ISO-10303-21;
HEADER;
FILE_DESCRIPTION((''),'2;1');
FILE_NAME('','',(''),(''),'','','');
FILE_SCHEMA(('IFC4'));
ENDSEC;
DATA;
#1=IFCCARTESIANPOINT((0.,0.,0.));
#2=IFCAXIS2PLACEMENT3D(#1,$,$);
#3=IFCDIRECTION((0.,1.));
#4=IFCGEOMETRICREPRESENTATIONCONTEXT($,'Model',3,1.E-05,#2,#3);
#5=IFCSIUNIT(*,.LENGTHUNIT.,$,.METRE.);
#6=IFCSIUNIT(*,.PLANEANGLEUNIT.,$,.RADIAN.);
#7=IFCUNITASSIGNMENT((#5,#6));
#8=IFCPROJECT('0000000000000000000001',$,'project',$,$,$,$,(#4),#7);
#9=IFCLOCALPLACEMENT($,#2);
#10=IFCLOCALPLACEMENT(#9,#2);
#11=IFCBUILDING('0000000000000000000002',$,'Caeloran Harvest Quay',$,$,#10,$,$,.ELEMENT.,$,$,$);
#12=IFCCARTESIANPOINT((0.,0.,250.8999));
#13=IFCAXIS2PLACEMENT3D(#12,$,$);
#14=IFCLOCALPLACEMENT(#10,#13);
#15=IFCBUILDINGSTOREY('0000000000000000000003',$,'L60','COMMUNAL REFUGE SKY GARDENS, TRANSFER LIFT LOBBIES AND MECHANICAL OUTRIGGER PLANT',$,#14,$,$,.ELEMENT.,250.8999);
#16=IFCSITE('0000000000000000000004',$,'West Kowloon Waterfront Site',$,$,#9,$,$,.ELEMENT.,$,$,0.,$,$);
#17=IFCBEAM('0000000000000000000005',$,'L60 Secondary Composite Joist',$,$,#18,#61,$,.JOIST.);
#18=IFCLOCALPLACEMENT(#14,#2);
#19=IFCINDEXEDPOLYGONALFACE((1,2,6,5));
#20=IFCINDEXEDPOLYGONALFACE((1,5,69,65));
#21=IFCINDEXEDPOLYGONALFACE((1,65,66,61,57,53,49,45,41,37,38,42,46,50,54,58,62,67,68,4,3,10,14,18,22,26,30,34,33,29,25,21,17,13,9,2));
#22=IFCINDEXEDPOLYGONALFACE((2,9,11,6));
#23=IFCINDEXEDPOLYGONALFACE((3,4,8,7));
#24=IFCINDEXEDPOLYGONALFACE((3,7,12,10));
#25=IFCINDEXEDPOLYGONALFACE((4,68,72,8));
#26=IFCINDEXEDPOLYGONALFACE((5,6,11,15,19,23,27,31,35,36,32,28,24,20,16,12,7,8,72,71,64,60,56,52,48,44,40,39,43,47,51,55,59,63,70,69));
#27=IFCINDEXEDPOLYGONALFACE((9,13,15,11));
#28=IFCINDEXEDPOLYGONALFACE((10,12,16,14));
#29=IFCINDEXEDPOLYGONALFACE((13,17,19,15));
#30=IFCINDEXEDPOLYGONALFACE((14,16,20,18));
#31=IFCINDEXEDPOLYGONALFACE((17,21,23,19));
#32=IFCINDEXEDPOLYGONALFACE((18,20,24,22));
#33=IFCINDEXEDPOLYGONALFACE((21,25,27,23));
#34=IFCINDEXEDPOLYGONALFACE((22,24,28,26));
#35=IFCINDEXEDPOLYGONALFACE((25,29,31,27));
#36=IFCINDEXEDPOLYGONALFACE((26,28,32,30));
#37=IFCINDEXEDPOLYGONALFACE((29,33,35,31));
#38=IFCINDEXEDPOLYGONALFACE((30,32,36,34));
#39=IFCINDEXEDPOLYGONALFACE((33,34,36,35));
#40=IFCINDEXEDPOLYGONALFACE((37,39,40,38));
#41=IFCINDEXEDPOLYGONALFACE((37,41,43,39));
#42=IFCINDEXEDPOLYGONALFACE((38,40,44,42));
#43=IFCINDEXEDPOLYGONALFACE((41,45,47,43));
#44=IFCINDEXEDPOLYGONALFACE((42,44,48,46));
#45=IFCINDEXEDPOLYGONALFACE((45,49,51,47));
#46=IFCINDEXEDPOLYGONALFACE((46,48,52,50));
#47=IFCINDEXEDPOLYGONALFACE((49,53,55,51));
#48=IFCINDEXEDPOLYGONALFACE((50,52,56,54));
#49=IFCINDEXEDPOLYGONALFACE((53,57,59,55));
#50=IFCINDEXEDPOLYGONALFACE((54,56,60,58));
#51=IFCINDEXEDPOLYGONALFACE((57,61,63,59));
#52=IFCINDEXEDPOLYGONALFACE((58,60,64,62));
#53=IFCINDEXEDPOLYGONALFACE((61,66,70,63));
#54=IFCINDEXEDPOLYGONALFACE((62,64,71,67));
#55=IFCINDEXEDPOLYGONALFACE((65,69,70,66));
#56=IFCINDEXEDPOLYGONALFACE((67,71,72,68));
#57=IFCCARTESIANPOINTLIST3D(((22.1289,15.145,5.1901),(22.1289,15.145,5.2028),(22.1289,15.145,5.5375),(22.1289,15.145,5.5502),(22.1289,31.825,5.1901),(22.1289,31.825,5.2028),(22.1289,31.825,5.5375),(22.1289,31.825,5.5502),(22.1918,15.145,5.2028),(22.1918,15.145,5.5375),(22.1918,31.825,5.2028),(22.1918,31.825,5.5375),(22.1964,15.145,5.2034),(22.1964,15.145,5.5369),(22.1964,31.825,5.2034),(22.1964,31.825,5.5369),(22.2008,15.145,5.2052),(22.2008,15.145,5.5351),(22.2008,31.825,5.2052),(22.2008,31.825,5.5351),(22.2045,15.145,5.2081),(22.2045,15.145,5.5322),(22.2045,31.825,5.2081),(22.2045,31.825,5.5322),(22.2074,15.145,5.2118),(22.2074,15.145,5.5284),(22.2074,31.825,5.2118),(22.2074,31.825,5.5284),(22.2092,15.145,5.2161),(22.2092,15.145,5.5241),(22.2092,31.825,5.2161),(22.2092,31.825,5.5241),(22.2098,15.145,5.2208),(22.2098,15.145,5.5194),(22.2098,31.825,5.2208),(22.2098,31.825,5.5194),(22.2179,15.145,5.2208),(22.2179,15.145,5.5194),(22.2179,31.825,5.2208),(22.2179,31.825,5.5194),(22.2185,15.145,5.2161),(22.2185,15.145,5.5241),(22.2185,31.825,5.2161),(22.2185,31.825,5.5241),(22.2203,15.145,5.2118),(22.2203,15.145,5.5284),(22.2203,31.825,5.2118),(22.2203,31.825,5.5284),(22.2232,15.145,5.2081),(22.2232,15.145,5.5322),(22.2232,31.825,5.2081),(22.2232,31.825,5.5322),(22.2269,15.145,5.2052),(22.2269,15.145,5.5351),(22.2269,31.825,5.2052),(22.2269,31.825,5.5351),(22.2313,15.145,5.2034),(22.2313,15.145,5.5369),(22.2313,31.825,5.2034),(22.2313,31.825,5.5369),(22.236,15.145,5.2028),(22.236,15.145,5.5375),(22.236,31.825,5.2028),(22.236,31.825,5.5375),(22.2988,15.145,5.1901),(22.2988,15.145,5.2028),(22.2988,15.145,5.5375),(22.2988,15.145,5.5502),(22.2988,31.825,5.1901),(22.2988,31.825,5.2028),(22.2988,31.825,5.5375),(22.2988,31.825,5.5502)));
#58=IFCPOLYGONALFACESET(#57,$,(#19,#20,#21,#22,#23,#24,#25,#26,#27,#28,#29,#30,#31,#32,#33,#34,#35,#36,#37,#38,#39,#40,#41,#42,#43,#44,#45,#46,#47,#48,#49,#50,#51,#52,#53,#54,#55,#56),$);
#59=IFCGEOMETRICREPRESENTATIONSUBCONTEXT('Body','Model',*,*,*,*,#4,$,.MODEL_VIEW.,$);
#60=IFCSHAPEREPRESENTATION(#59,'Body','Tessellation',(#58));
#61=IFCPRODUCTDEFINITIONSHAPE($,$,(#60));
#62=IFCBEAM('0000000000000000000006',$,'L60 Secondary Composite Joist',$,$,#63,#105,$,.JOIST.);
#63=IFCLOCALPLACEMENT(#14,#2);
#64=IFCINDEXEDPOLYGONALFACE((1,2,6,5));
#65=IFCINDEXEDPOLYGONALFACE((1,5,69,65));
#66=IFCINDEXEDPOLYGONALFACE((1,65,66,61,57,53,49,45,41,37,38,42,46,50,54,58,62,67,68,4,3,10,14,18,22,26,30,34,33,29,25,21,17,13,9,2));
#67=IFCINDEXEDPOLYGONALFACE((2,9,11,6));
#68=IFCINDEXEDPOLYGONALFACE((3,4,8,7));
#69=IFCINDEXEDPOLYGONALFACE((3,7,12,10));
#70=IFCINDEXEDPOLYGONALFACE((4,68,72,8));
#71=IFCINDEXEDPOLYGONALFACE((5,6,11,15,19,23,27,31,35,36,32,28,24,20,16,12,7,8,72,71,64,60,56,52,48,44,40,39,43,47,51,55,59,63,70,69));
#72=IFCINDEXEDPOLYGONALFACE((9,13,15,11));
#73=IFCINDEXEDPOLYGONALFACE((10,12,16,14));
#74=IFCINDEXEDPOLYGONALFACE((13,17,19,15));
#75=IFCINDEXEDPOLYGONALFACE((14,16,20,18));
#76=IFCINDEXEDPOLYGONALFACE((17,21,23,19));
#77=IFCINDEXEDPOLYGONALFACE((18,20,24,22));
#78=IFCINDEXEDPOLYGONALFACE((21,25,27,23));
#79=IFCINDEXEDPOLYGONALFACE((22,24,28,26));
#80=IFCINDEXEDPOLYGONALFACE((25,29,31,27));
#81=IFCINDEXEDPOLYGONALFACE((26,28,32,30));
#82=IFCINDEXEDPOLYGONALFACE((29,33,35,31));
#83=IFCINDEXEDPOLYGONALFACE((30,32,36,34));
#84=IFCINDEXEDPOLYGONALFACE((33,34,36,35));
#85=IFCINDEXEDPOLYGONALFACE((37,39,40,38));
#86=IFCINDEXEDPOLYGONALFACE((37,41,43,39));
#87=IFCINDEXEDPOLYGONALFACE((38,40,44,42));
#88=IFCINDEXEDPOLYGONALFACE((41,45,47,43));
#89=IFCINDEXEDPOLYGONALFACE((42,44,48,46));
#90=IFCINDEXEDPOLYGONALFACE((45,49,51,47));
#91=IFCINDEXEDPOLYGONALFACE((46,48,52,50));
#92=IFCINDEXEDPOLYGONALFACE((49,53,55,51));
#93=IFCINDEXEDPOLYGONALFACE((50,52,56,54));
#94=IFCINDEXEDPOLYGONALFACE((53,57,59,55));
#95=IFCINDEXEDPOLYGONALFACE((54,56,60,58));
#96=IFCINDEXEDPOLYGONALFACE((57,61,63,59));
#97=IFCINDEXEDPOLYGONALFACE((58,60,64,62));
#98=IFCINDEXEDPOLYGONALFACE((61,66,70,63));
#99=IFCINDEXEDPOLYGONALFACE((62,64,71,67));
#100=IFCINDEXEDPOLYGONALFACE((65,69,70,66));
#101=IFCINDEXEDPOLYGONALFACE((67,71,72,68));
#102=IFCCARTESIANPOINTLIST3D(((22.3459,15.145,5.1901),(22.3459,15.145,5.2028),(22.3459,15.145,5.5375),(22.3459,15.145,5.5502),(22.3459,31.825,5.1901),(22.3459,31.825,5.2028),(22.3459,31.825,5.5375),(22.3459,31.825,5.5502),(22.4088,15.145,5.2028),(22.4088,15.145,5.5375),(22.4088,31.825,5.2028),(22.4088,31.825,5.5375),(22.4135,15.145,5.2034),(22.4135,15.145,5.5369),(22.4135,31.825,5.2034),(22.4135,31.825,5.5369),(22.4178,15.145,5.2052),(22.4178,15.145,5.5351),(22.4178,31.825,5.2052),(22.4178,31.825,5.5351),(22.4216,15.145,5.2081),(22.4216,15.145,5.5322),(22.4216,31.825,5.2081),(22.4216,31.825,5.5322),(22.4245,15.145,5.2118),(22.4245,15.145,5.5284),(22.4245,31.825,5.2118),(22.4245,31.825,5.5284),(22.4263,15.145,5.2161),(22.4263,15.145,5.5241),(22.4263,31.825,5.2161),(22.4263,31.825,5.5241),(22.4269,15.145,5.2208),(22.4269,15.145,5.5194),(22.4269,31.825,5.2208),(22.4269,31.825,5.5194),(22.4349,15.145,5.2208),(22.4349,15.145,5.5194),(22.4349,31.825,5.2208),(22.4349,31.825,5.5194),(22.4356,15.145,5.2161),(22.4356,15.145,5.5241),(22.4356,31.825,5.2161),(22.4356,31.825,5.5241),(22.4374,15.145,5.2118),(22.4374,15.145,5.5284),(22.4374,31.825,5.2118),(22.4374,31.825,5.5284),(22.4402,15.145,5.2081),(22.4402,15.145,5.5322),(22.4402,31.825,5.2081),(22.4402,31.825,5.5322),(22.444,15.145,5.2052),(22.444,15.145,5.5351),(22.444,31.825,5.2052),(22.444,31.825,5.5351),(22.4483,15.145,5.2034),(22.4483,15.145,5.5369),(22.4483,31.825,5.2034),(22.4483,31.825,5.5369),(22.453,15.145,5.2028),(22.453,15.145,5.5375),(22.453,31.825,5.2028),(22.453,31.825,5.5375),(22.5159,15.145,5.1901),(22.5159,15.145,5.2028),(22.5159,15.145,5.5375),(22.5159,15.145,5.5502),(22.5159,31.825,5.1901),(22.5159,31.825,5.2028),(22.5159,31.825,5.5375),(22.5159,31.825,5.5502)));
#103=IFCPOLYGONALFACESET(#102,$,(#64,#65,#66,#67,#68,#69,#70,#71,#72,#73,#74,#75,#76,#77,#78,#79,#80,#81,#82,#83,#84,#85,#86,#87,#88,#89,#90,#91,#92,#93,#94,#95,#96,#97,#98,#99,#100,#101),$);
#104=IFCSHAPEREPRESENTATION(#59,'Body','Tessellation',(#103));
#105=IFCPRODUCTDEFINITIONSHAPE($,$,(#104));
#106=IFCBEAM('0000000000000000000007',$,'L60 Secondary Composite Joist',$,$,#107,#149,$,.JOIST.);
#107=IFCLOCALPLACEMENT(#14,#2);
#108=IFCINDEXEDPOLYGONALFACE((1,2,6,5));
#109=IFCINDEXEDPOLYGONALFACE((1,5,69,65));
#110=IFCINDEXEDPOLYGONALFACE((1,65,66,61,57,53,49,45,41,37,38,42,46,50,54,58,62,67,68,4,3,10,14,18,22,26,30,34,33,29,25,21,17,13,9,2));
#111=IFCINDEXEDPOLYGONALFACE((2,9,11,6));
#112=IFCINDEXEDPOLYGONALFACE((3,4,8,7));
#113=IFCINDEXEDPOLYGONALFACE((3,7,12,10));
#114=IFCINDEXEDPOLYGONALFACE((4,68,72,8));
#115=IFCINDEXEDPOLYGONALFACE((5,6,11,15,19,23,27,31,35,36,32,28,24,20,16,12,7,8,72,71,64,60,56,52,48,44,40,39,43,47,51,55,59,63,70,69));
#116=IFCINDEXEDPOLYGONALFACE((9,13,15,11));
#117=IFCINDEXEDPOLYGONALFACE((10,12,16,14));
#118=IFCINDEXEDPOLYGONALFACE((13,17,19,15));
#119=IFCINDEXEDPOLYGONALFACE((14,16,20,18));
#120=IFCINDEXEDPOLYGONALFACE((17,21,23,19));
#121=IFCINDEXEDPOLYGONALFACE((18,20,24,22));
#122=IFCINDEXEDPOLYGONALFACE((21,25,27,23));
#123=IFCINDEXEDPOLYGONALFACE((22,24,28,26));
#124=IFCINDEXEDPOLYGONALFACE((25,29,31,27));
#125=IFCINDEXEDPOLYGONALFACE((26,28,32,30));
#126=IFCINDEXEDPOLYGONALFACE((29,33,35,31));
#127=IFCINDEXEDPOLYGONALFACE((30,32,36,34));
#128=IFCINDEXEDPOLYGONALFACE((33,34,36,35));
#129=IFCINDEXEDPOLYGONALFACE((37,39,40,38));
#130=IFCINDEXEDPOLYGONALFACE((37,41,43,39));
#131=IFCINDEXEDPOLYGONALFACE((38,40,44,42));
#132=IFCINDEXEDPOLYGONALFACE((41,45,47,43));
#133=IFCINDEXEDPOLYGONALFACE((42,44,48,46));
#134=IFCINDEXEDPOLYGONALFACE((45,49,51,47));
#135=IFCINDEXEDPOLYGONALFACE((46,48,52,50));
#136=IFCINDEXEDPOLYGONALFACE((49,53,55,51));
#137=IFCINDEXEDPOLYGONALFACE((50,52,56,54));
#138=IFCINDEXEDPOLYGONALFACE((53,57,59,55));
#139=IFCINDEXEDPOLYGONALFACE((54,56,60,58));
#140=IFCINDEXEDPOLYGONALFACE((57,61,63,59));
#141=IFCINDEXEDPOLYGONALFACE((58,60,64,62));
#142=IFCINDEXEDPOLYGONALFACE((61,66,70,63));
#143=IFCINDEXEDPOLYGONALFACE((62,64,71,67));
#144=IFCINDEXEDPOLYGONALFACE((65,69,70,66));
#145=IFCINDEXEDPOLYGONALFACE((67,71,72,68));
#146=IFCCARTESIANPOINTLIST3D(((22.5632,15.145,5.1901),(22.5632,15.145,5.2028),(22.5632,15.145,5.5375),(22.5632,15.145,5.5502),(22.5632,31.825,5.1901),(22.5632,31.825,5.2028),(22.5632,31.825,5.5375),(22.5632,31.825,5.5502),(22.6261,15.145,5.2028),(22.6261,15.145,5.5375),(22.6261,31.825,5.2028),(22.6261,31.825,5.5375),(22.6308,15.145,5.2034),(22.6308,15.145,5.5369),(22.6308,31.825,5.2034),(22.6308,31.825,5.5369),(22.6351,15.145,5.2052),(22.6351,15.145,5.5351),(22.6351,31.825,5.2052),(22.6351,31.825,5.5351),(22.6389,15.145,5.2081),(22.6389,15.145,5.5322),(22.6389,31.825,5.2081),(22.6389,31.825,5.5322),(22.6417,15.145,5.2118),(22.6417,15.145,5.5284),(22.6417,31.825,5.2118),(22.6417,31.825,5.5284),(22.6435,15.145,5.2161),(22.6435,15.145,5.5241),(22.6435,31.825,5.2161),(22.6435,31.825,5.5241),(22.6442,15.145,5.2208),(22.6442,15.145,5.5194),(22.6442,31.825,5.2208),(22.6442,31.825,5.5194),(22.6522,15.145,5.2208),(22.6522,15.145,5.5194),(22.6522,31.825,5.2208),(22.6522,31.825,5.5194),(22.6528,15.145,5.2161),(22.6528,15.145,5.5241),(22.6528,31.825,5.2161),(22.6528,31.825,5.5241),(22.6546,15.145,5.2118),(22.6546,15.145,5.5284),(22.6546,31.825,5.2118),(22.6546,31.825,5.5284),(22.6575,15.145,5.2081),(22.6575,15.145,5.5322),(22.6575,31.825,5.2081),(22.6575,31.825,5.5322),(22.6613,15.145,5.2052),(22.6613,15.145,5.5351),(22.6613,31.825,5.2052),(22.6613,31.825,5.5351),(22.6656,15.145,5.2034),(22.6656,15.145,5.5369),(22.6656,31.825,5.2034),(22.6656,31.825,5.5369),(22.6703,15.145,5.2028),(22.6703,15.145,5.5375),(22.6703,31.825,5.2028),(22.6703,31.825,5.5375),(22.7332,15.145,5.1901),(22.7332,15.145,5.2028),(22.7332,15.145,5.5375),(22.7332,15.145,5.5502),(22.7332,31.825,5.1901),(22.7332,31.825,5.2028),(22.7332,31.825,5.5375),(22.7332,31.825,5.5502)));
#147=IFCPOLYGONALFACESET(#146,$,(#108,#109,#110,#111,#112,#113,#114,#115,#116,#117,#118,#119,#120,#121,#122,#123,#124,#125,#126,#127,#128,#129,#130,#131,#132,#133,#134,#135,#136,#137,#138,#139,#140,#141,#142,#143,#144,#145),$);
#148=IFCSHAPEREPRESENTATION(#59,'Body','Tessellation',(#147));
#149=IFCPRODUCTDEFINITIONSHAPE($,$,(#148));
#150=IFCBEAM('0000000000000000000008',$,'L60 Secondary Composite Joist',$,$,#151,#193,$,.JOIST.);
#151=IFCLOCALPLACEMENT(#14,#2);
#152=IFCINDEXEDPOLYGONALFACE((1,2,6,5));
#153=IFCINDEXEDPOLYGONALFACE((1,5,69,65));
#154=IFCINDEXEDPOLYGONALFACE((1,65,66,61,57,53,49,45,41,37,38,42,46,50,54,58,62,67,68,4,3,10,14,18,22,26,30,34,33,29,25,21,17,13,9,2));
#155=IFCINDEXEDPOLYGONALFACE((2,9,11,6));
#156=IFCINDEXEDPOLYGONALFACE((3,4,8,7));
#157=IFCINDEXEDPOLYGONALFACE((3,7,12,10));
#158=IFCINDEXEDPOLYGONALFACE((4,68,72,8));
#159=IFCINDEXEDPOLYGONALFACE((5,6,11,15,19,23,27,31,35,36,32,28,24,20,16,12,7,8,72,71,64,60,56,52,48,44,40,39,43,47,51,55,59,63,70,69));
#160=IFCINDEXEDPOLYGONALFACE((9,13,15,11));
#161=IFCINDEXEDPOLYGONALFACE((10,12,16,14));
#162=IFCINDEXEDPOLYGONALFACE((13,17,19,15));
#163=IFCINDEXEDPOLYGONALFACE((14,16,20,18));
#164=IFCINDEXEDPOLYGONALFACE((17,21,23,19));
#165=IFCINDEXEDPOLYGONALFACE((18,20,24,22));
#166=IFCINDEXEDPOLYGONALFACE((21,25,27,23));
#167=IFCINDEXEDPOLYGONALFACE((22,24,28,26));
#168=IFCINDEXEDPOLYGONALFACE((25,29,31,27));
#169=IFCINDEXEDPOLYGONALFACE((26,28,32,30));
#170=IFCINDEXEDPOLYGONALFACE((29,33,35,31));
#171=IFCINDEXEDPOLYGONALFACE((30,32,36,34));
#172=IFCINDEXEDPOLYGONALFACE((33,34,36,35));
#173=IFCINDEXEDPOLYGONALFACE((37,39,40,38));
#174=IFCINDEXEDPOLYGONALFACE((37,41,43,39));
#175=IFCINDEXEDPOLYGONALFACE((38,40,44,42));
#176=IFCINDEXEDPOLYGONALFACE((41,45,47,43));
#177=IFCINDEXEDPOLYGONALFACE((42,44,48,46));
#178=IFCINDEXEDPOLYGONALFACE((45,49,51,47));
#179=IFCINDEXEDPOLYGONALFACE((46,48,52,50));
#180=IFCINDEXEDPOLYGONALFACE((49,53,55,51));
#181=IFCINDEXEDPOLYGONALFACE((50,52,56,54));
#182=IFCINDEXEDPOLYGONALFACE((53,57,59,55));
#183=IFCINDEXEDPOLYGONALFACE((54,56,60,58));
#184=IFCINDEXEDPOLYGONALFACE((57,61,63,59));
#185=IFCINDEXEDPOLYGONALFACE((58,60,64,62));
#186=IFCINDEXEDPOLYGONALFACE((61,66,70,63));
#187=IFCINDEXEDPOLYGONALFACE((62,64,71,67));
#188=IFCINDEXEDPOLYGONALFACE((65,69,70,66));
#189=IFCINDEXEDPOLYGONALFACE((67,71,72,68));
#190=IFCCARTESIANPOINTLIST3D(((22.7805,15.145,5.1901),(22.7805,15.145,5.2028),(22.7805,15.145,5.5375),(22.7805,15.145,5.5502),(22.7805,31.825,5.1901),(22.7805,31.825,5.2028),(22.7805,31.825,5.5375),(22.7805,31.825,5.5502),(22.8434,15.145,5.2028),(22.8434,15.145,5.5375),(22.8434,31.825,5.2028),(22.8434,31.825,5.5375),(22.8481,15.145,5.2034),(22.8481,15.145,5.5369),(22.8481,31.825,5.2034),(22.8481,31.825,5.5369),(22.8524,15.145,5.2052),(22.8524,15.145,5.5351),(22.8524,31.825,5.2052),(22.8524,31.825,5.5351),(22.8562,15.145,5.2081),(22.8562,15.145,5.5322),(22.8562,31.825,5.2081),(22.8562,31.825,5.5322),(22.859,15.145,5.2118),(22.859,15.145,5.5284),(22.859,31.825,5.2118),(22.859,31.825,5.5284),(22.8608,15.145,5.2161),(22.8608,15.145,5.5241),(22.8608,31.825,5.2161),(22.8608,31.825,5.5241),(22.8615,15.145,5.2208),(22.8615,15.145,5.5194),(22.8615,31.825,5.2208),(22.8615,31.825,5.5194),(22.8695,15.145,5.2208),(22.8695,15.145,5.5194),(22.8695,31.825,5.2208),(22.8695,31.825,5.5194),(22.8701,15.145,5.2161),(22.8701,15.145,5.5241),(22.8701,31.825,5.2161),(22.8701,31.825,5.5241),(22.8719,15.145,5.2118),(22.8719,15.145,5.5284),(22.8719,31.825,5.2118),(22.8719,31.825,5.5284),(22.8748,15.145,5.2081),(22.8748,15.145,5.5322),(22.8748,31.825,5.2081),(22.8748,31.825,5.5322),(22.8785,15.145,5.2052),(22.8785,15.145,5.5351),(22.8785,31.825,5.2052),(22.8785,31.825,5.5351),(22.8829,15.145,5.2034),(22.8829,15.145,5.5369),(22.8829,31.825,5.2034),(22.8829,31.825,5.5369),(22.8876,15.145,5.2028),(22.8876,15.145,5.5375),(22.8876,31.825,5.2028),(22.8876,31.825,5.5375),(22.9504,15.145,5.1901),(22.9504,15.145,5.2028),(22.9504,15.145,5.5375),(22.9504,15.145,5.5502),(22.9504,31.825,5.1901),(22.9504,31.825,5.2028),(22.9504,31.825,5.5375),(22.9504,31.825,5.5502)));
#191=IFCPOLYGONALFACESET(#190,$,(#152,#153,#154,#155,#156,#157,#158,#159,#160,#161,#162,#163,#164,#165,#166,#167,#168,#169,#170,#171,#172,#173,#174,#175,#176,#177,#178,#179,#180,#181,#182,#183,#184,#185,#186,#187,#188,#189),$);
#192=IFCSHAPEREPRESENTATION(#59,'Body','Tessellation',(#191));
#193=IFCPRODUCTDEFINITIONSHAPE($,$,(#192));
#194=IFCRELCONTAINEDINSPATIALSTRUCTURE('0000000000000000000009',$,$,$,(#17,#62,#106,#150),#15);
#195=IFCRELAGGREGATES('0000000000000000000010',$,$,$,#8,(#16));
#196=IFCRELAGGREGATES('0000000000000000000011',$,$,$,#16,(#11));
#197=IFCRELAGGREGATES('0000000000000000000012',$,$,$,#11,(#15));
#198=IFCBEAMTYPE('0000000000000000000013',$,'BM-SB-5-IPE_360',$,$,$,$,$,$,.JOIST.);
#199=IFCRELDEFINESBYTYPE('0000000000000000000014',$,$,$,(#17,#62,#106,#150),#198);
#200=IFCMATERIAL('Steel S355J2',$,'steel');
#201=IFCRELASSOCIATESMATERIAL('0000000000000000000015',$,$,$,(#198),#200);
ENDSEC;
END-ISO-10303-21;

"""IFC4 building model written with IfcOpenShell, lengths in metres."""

from ifc_helpers import new_model, si_unit, direction, frame, origin, origin_2d, place, context, subcontext, project, spatial, i_section, extrude, material, material_profile, profile_set, type_object, element, save


model = new_model("IFC4")

# Units and contexts
model_context = context("Model", 3, precision=1e-05, world=origin(), true_north=direction((0.0, 1.0)))
body_context = subcontext(model_context, "Body", "Model", "MODEL_VIEW")
ifc_project = project(units=[si_unit("LENGTHUNIT", "METRE"), si_unit("PLANEANGLEUNIT", "RADIAN")], contexts=[model_context])

# Site, building, storey
site_placement = place(None, origin())
site = spatial("IfcSite", under=ifc_project, at=site_placement, Name="West Kowloon Waterfront Site", CompositionType="ELEMENT", RefElevation=0.0)
building_placement = place(site_placement, origin())
building = spatial("IfcBuilding", under=site, at=building_placement, Name="Caeloran Harvest Quay", CompositionType="ELEMENT")
storey_placement = place(building_placement, frame((0.0, 0.0, 250.8999)))
storey = spatial("IfcBuildingStorey", under=building, at=storey_placement, Name="L60", Description="COMMUNAL REFUGE SKY GARDENS, TRANSFER LIFT LOBBIES AND MECHANICAL OUTRIGGER PLANT", CompositionType="ELEMENT", Elevation=250.8999)

# Beams
ifc_material_1 = material(Name="Steel S355J2", Category="steel")
ifc_material_profile_1 = material_profile(ifc_material_1, i_section(OverallWidth=0.1699, OverallDepth=0.3601, WebThickness=0.0081, FlangeThickness=0.0127, FilletRadius=0.0181, at=origin_2d()), Name="IPE 360")
ifc_profile_set_1 = profile_set([ifc_material_profile_1], Name="Steel S355J2")
beam_type_1 = type_object("IfcBeamType", Name="BM-SB-5-IPE_360", PredefinedType="JOIST", material=ifc_profile_set_1)
for number, where, z_axis, x_axis, name in (
    (1, (22.2139, 15.145, 5.3701), (0.0, 1.0, 0.0), (-1.0, 0.0, 0.0), "L60 Secondary Composite Joist"),
    (2, (22.4309, 15.145, 5.3701), (0.0, 1.0, 0.0), (-1.0, 0.0, 0.0), "L60 Secondary Composite Joist"),
    (3, (22.6482, 15.145, 5.3701), (0.0, 1.0, 0.0), (-1.0, 0.0, 0.0), "L60 Secondary Composite Joist"),
    (4, (22.8655, 15.145, 5.3701), (0.0, 1.0, 0.0), (-1.0, 0.0, 0.0), "L60 Secondary Composite Joist"),
):
    element("IfcBeam", number, at=place(storey_placement, frame(where, z_axis=z_axis, x_axis=x_axis)), inside=storey, type_object=beam_type_1, Name=name, PredefinedType="JOIST", context=body_context, shape_type="SweptSolid", body=[
        extrude(i_section(OverallWidth=0.1699, OverallDepth=0.3601, WebThickness=0.0081, FlangeThickness=0.0127, FilletRadius=0.0181, at=origin_2d()), origin(), (0.0, 0.0, 1.0), 16.6799),
    ])

save(model, "model.ifc")
